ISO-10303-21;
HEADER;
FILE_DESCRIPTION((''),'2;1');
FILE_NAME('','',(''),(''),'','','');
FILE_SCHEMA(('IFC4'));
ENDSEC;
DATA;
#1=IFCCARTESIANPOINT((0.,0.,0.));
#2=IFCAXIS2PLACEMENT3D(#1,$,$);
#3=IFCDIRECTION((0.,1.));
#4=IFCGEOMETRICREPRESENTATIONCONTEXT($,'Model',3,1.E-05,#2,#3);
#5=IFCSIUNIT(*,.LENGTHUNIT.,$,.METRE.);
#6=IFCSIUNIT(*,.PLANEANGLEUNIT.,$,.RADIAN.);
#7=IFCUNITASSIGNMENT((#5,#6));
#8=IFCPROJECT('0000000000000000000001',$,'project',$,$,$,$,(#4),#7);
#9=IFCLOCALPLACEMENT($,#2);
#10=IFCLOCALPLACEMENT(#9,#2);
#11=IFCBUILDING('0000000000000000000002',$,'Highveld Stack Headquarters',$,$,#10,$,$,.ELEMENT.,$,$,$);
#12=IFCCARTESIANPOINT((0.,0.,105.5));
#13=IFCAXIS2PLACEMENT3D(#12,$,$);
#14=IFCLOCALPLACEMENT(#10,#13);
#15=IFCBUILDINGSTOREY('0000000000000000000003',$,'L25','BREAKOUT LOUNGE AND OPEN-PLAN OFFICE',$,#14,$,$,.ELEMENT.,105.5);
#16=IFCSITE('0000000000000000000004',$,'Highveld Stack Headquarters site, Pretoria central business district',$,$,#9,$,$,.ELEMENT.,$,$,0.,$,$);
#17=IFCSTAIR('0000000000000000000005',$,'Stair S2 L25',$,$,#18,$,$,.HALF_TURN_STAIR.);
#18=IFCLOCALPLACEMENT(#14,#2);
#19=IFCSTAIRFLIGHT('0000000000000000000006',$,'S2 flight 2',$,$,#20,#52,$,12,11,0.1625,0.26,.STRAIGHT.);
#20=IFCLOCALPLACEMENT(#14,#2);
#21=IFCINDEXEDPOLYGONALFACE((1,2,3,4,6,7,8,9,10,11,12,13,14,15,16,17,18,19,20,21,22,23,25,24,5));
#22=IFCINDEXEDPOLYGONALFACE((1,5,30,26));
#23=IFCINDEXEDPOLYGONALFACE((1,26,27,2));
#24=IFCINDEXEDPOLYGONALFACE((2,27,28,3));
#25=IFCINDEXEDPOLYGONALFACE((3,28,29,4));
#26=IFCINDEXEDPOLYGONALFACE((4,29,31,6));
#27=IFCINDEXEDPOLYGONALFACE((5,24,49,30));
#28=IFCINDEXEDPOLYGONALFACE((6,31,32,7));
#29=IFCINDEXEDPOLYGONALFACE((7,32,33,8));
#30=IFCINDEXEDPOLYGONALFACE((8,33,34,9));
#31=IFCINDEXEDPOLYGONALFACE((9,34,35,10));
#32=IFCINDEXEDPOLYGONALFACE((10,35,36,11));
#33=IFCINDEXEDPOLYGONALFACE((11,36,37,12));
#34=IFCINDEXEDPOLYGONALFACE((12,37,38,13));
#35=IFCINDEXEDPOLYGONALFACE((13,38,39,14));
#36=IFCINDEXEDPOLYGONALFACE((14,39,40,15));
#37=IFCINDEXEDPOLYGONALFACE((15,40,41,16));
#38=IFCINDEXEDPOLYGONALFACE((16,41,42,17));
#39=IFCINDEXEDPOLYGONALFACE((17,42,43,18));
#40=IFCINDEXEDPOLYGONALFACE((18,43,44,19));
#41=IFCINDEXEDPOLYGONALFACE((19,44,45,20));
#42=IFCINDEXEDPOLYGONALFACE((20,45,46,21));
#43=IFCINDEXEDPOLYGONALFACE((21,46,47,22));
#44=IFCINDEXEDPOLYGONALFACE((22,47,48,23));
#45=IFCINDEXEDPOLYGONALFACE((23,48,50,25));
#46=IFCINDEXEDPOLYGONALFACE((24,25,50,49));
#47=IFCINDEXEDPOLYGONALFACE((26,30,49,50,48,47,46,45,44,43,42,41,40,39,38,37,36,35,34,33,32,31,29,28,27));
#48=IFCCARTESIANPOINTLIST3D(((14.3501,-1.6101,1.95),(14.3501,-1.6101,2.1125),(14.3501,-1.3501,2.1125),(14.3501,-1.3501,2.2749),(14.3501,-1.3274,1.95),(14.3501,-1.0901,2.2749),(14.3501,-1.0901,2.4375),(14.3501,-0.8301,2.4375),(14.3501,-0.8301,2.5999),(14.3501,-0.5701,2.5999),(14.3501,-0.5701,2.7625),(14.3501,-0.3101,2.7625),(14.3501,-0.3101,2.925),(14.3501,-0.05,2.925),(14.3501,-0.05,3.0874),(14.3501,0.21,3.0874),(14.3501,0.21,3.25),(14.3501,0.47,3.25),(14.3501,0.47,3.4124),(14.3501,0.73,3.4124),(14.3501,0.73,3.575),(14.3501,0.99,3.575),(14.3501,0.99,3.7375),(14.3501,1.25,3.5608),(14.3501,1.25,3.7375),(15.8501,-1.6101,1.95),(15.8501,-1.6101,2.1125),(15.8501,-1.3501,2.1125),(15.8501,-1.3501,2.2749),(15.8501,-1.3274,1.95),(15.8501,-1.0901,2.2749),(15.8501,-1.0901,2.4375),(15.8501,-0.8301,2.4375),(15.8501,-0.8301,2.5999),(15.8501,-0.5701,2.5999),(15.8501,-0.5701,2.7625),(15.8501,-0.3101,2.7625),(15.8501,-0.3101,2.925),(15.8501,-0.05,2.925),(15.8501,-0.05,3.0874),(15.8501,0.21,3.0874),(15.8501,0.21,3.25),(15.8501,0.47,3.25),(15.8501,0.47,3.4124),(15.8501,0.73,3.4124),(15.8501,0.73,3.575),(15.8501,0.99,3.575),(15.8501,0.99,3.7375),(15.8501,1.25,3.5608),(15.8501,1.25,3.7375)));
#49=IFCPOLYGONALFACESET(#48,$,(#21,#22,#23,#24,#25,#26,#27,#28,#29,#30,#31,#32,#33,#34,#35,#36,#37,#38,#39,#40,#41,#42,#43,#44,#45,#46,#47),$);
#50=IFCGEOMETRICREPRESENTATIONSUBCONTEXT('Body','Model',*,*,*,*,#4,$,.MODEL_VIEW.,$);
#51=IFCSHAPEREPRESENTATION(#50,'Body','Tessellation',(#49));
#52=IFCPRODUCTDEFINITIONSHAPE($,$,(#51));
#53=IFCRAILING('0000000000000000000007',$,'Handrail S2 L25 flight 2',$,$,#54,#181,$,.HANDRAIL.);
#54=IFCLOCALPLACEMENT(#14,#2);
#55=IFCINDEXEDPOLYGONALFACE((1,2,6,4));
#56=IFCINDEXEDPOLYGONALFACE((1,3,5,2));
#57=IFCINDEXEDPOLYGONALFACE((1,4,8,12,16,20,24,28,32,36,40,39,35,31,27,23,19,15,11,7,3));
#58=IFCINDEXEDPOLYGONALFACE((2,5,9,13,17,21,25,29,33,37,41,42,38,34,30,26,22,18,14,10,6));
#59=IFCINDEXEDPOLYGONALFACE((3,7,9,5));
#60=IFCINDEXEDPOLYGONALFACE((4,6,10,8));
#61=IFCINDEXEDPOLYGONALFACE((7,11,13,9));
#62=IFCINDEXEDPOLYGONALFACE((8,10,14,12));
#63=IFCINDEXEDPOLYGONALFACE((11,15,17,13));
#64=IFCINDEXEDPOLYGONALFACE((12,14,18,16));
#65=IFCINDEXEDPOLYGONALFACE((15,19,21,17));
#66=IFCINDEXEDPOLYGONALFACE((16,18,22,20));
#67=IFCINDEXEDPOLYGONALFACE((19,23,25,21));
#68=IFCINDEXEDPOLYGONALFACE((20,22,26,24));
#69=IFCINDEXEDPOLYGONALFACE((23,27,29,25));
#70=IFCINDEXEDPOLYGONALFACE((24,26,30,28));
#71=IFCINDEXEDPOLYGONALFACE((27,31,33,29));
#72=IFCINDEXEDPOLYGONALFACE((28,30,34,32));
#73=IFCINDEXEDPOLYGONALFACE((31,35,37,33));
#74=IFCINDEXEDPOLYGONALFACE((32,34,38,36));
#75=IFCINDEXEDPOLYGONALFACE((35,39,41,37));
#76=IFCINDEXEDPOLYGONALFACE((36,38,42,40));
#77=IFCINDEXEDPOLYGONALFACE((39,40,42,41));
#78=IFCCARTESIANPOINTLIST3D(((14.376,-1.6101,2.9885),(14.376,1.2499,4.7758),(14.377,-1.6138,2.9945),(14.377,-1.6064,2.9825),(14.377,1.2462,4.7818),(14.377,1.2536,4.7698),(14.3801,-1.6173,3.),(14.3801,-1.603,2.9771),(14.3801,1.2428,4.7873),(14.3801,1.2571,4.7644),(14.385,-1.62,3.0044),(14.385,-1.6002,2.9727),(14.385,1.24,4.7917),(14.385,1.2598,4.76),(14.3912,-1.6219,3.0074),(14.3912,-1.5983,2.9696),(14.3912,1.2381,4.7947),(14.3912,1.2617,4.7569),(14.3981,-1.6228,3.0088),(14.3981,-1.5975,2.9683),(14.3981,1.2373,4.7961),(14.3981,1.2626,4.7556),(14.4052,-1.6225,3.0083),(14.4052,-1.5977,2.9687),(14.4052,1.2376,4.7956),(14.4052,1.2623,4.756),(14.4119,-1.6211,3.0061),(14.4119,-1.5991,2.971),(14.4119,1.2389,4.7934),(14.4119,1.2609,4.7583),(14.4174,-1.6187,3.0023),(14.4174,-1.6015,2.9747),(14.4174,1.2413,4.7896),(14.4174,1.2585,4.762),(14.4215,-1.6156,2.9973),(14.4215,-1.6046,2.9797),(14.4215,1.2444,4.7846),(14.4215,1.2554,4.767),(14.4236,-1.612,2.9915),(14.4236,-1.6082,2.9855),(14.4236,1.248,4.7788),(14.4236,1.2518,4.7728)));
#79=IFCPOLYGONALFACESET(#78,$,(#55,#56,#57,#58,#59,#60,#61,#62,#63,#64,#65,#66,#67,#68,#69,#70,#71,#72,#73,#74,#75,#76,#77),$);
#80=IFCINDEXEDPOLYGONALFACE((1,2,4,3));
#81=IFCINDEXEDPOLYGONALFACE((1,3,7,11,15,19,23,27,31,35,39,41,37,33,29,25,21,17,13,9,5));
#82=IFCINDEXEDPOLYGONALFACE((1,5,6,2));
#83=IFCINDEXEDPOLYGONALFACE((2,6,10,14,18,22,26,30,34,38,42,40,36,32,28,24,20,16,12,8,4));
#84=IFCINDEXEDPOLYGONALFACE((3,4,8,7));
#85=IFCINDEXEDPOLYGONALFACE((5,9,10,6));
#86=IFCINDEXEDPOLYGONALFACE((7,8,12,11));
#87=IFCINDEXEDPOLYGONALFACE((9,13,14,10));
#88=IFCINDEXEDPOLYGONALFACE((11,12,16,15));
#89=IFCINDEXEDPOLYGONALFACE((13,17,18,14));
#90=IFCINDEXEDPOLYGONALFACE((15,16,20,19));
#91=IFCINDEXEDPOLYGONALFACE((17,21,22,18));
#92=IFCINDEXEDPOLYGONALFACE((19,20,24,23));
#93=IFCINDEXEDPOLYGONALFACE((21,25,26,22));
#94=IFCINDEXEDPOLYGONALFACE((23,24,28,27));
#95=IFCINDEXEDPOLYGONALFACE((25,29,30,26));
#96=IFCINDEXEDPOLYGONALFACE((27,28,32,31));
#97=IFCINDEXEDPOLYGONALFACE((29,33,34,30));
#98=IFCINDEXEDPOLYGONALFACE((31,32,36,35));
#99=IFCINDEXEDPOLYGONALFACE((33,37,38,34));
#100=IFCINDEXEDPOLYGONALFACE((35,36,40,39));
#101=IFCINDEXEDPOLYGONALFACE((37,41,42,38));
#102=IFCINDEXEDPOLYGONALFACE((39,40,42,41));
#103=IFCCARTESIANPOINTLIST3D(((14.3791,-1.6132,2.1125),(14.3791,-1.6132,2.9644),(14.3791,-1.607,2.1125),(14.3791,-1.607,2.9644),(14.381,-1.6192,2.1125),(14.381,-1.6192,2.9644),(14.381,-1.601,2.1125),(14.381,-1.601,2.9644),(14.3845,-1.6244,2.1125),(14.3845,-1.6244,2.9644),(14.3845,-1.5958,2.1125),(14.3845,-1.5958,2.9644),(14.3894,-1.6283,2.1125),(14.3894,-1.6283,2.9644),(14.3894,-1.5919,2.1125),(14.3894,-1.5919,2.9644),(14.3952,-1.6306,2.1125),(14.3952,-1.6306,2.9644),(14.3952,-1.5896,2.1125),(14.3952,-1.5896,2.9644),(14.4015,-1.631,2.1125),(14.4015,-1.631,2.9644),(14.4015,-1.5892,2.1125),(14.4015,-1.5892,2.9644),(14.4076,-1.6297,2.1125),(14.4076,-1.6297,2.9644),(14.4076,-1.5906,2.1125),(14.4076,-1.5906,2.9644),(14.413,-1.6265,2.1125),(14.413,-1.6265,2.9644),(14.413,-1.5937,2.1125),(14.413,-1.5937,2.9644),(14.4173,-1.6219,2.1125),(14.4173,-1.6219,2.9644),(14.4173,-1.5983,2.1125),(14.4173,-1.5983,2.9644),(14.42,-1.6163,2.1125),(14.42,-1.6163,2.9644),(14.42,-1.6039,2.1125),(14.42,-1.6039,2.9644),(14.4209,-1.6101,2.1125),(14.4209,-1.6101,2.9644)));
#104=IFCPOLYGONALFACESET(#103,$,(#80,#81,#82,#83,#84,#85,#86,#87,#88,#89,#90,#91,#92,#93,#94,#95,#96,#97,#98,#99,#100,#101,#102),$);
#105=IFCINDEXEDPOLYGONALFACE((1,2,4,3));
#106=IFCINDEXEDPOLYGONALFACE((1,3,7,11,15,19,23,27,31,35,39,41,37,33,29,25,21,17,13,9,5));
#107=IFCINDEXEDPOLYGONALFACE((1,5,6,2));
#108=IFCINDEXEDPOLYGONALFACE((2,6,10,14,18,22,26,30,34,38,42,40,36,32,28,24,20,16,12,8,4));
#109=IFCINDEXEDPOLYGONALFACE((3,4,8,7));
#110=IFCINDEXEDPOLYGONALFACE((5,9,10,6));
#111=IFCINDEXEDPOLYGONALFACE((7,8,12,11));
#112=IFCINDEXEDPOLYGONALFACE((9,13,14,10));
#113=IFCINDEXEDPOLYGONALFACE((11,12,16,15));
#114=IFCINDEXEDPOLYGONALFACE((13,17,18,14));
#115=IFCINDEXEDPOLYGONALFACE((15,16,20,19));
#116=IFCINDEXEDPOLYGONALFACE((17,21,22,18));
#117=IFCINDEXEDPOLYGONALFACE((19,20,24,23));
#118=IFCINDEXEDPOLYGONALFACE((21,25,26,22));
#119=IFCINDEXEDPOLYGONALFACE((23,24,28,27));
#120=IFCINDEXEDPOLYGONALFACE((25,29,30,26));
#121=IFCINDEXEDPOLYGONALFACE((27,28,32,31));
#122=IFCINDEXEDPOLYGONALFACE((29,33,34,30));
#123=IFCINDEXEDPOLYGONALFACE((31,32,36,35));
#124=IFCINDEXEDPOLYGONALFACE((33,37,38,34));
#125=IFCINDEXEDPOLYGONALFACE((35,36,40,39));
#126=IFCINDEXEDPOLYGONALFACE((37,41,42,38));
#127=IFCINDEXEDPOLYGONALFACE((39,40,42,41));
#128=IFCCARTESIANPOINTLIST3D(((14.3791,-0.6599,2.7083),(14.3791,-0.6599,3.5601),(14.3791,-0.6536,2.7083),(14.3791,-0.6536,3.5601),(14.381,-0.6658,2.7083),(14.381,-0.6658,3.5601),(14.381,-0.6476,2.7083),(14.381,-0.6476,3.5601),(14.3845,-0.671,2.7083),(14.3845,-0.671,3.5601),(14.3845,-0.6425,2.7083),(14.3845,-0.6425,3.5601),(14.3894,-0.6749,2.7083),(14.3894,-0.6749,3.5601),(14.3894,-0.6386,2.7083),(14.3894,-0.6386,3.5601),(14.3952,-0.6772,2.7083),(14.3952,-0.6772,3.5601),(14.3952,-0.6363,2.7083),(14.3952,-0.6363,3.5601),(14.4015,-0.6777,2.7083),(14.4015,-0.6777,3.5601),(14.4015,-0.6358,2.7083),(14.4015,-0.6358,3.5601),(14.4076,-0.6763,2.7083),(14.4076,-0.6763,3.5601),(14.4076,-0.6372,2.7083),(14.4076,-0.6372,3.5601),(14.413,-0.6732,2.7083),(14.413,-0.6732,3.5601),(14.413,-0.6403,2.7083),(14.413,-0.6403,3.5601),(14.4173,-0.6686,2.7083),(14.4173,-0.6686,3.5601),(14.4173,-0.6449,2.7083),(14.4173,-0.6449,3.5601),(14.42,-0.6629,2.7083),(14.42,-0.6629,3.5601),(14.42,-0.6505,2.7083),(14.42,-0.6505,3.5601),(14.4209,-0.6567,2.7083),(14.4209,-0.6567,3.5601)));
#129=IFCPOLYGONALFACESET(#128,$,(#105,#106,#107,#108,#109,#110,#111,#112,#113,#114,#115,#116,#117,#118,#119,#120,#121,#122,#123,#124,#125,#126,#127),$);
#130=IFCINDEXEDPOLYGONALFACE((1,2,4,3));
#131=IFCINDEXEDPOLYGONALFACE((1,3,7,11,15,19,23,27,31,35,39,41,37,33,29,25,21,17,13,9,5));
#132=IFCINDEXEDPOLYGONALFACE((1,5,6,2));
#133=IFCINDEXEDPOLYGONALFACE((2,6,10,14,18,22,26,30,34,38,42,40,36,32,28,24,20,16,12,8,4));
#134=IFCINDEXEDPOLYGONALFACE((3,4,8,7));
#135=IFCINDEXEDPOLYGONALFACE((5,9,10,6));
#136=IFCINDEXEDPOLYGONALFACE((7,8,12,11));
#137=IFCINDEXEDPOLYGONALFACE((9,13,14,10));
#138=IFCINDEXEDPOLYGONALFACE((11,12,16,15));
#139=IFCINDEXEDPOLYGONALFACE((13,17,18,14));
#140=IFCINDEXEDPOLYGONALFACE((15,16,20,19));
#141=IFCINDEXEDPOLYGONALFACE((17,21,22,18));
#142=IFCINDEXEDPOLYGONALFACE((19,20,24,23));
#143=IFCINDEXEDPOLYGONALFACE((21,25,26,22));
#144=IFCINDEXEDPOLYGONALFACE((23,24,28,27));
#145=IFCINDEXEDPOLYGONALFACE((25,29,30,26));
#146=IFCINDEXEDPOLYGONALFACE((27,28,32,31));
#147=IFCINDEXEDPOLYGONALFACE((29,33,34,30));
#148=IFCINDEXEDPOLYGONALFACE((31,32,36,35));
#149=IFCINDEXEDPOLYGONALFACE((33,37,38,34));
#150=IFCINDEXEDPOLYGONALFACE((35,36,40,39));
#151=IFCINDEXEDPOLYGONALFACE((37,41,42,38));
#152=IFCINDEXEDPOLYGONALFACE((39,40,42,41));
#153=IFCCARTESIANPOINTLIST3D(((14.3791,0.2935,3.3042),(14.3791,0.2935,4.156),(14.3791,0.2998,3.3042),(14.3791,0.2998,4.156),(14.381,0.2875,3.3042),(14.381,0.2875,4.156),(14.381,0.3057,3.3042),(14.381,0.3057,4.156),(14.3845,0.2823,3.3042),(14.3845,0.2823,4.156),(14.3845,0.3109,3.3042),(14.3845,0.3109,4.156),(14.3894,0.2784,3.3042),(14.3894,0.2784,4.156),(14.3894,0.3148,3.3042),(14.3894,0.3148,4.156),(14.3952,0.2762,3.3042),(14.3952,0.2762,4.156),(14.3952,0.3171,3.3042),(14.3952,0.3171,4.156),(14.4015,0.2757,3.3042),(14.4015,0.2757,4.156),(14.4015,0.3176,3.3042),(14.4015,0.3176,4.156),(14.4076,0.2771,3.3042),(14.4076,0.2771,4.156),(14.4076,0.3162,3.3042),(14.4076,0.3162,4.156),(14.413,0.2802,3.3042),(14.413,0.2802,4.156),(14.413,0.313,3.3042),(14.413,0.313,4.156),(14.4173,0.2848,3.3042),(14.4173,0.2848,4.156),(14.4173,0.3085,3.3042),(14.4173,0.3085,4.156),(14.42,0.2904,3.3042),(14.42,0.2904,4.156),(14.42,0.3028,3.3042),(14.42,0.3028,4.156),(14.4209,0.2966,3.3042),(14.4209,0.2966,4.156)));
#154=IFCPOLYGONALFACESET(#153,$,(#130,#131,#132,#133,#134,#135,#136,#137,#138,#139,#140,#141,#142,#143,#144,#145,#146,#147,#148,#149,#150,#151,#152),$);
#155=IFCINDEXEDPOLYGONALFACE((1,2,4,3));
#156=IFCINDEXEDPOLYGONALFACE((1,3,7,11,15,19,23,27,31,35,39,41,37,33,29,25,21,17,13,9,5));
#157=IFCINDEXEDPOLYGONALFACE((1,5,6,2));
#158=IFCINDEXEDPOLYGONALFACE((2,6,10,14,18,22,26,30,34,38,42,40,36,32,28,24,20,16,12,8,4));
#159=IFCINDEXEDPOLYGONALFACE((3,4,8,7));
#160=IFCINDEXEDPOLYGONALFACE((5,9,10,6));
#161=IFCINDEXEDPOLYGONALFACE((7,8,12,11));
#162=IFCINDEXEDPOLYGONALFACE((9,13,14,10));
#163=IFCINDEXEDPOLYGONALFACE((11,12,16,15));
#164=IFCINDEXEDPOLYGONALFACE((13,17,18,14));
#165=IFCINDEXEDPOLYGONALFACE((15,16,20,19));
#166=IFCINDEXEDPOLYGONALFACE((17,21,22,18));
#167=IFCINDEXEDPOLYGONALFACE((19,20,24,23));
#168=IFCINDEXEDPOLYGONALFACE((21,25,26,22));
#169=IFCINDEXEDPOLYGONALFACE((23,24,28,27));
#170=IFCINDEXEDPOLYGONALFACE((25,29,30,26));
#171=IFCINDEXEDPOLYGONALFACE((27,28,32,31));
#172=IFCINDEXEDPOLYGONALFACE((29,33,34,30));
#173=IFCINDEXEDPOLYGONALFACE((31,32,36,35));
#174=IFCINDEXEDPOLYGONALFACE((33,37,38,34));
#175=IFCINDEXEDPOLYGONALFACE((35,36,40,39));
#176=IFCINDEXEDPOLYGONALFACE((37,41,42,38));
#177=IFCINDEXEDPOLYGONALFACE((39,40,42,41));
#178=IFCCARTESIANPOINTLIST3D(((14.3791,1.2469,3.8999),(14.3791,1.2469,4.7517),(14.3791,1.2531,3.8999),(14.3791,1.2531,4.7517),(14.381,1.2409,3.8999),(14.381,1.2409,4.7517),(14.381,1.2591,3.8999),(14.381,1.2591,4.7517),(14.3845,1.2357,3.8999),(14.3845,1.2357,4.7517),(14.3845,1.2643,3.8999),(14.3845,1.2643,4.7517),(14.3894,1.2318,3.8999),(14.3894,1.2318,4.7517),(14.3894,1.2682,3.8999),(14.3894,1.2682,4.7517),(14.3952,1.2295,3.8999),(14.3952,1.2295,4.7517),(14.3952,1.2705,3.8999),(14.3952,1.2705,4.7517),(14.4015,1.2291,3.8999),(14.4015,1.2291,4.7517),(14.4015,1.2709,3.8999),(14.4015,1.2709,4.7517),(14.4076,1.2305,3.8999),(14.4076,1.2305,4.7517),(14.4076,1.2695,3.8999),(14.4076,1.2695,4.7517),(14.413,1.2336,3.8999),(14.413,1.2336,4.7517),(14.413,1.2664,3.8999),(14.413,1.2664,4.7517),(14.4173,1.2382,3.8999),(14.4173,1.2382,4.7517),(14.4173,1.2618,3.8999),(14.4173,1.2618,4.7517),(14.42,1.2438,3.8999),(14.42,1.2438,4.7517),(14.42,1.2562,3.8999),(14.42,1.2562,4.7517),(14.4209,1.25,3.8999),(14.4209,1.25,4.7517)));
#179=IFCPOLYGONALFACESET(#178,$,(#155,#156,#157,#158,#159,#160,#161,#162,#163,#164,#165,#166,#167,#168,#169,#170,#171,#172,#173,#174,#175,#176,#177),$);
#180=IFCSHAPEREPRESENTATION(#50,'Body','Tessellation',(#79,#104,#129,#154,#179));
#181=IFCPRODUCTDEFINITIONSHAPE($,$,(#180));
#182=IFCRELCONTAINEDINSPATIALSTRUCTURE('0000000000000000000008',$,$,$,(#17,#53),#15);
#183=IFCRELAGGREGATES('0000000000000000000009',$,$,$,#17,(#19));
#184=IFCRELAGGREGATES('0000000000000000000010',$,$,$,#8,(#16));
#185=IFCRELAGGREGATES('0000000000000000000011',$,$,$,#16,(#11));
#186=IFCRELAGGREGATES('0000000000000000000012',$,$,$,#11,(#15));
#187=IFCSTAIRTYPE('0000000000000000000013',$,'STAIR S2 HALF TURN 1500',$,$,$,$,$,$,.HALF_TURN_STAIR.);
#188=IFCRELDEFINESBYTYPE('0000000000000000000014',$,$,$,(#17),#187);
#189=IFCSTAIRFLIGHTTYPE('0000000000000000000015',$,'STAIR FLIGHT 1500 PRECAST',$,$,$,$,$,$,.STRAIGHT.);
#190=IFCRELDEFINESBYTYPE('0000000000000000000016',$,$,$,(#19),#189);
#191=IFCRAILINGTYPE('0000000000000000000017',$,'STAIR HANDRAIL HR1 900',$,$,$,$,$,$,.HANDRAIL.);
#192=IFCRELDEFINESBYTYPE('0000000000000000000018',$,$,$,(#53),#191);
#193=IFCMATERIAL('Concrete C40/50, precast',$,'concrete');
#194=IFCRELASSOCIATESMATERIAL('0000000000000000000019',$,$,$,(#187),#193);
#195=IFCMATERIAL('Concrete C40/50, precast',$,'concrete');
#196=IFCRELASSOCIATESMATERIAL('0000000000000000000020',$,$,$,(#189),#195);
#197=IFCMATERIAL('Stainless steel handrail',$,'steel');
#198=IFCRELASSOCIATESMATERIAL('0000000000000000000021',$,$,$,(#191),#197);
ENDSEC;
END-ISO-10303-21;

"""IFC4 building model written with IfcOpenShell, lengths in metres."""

from ifc_helpers import new_model, si_unit, direction, frame, origin, origin_2d, place, context, subcontext, project, spatial, polyline, circle, outline, extrude, material, type_object, element, aggregate, save


model = new_model("IFC4")

# Units and contexts
model_context = context("Model", 3, precision=1e-05, world=origin(), true_north=direction((0.0, 1.0)))
body_context = subcontext(model_context, "Body", "Model", "MODEL_VIEW")
ifc_project = project(units=[si_unit("LENGTHUNIT", "METRE"), si_unit("PLANEANGLEUNIT", "RADIAN")], contexts=[model_context])

# Site, building, storey
site_placement = place(None, origin())
site = spatial("IfcSite", under=ifc_project, at=site_placement, Name="Highveld Stack Headquarters site, Pretoria central business district", CompositionType="ELEMENT", RefElevation=0.0)
building_placement = place(site_placement, origin())
building = spatial("IfcBuilding", under=site, at=building_placement, Name="Highveld Stack Headquarters", CompositionType="ELEMENT")
storey_placement = place(building_placement, frame((0.0, 0.0, 105.5)))
storey = spatial("IfcBuildingStorey", under=building, at=storey_placement, Name="L25", Description="BREAKOUT LOUNGE AND OPEN-PLAN OFFICE", CompositionType="ELEMENT", Elevation=105.5)

# Stair, stair flight
ifc_material_1 = material(Name="Concrete C40/50, precast", Category="concrete")
stair_type_1 = type_object("IfcStairType", Name="STAIR S2 HALF TURN 1500", PredefinedType="HALF_TURN_STAIR", material=ifc_material_1)
stair_1_placement = place(storey_placement, origin())
stair_1 = element("IfcStair", 1, at=stair_1_placement, inside=storey, type_object=stair_type_1, Name="Stair S2 L25", PredefinedType="HALF_TURN_STAIR")
ifc_material_2 = material(Name="Concrete C40/50, precast", Category="concrete")
stair_flight_type = type_object("IfcStairFlightType", Name="STAIR FLIGHT 1500 PRECAST", PredefinedType="STRAIGHT", material=ifc_material_2)
stair_flight_placement = place(storey_placement, frame((15.1001, -1.6101, 1.95), z_axis=(0.0, 0.0, 1.0), x_axis=(0.0, 1.0, 0.0)))
stair_flight = element("IfcStairFlight", 2, at=stair_flight_placement, type_object=stair_flight_type, Name="S2 flight 2", NumberOfRisers=12, NumberOfTreads=11, PredefinedType="STRAIGHT", RiserHeight=0.1625, TreadLength=0.26, context=body_context, shape_type="SweptSolid", body=[
    extrude(outline(polyline([(0.0, 0.0), (0.0, 0.1626), (0.26, 0.1626), (0.26, 0.325), (0.52, 0.325), (0.52, 0.4875), (0.78, 0.4875), (0.78, 0.6499), (1.04, 0.6499), (1.04, 0.8125), (1.3, 0.8125), (1.3, 0.9751), (1.5601, 0.9751), (1.5601, 1.1375), (1.8201, 1.1375), (1.8201, 1.3), (2.0801, 1.3), (2.0801, 1.4624), (2.3401, 1.4624), (2.3401, 1.625), (2.6001, 1.625), (2.6001, 1.7876), (2.8601, 1.7876), (2.8601, 1.95), (2.8601, 1.6108), (0.2827, 0.0), (0.0, 0.0)])), frame((0.0, 0.75, 0.0), z_axis=(0.0, -1.0, 0.0), x_axis=(1.0, 0.0, 0.0)), (0.0, 0.0, 1.0), 1.5),
])
aggregate(stair_1, [stair_flight])

# Railing
ifc_material_3 = material(Name="Stainless steel handrail", Category="steel")
railing_type = type_object("IfcRailingType", Name="STAIR HANDRAIL HR1 900", PredefinedType="HANDRAIL", material=ifc_material_3)
railing_placement = place(storey_placement, frame((14.3999, -1.6101, 2.1125)))
element("IfcRailing", 3, at=railing_placement, inside=storey, type_object=railing_type, Name="Handrail S2 L25 flight 2", PredefinedType="HANDRAIL", context=body_context, shape_type="SweptSolid", body=[
    extrude(circle(Radius=0.0239, at=origin_2d()), frame((0.0, 0.0, 0.876), z_axis=(0.0, 0.848027, 0.529953), x_axis=(-1.0, 0.0, 0.0)), (0.0, 0.0, 1.0), 3.3726),
    extrude(circle(Radius=0.021, at=origin_2d()), origin(), (0.0, 0.0, 1.0), 0.8518),
    extrude(circle(Radius=0.021, at=origin_2d()), frame((0.0, 0.9534, 0.5957)), (0.0, 0.0, 1.0), 0.8518),
    extrude(circle(Radius=0.021, at=origin_2d()), frame((0.0, 1.9067, 1.1917)), (0.0, 0.0, 1.0), 0.8518),
    extrude(circle(Radius=0.021, at=origin_2d()), frame((0.0, 2.8601, 1.7874)), (0.0, 0.0, 1.0), 0.8518),
])

save(model, "model.ifc")
